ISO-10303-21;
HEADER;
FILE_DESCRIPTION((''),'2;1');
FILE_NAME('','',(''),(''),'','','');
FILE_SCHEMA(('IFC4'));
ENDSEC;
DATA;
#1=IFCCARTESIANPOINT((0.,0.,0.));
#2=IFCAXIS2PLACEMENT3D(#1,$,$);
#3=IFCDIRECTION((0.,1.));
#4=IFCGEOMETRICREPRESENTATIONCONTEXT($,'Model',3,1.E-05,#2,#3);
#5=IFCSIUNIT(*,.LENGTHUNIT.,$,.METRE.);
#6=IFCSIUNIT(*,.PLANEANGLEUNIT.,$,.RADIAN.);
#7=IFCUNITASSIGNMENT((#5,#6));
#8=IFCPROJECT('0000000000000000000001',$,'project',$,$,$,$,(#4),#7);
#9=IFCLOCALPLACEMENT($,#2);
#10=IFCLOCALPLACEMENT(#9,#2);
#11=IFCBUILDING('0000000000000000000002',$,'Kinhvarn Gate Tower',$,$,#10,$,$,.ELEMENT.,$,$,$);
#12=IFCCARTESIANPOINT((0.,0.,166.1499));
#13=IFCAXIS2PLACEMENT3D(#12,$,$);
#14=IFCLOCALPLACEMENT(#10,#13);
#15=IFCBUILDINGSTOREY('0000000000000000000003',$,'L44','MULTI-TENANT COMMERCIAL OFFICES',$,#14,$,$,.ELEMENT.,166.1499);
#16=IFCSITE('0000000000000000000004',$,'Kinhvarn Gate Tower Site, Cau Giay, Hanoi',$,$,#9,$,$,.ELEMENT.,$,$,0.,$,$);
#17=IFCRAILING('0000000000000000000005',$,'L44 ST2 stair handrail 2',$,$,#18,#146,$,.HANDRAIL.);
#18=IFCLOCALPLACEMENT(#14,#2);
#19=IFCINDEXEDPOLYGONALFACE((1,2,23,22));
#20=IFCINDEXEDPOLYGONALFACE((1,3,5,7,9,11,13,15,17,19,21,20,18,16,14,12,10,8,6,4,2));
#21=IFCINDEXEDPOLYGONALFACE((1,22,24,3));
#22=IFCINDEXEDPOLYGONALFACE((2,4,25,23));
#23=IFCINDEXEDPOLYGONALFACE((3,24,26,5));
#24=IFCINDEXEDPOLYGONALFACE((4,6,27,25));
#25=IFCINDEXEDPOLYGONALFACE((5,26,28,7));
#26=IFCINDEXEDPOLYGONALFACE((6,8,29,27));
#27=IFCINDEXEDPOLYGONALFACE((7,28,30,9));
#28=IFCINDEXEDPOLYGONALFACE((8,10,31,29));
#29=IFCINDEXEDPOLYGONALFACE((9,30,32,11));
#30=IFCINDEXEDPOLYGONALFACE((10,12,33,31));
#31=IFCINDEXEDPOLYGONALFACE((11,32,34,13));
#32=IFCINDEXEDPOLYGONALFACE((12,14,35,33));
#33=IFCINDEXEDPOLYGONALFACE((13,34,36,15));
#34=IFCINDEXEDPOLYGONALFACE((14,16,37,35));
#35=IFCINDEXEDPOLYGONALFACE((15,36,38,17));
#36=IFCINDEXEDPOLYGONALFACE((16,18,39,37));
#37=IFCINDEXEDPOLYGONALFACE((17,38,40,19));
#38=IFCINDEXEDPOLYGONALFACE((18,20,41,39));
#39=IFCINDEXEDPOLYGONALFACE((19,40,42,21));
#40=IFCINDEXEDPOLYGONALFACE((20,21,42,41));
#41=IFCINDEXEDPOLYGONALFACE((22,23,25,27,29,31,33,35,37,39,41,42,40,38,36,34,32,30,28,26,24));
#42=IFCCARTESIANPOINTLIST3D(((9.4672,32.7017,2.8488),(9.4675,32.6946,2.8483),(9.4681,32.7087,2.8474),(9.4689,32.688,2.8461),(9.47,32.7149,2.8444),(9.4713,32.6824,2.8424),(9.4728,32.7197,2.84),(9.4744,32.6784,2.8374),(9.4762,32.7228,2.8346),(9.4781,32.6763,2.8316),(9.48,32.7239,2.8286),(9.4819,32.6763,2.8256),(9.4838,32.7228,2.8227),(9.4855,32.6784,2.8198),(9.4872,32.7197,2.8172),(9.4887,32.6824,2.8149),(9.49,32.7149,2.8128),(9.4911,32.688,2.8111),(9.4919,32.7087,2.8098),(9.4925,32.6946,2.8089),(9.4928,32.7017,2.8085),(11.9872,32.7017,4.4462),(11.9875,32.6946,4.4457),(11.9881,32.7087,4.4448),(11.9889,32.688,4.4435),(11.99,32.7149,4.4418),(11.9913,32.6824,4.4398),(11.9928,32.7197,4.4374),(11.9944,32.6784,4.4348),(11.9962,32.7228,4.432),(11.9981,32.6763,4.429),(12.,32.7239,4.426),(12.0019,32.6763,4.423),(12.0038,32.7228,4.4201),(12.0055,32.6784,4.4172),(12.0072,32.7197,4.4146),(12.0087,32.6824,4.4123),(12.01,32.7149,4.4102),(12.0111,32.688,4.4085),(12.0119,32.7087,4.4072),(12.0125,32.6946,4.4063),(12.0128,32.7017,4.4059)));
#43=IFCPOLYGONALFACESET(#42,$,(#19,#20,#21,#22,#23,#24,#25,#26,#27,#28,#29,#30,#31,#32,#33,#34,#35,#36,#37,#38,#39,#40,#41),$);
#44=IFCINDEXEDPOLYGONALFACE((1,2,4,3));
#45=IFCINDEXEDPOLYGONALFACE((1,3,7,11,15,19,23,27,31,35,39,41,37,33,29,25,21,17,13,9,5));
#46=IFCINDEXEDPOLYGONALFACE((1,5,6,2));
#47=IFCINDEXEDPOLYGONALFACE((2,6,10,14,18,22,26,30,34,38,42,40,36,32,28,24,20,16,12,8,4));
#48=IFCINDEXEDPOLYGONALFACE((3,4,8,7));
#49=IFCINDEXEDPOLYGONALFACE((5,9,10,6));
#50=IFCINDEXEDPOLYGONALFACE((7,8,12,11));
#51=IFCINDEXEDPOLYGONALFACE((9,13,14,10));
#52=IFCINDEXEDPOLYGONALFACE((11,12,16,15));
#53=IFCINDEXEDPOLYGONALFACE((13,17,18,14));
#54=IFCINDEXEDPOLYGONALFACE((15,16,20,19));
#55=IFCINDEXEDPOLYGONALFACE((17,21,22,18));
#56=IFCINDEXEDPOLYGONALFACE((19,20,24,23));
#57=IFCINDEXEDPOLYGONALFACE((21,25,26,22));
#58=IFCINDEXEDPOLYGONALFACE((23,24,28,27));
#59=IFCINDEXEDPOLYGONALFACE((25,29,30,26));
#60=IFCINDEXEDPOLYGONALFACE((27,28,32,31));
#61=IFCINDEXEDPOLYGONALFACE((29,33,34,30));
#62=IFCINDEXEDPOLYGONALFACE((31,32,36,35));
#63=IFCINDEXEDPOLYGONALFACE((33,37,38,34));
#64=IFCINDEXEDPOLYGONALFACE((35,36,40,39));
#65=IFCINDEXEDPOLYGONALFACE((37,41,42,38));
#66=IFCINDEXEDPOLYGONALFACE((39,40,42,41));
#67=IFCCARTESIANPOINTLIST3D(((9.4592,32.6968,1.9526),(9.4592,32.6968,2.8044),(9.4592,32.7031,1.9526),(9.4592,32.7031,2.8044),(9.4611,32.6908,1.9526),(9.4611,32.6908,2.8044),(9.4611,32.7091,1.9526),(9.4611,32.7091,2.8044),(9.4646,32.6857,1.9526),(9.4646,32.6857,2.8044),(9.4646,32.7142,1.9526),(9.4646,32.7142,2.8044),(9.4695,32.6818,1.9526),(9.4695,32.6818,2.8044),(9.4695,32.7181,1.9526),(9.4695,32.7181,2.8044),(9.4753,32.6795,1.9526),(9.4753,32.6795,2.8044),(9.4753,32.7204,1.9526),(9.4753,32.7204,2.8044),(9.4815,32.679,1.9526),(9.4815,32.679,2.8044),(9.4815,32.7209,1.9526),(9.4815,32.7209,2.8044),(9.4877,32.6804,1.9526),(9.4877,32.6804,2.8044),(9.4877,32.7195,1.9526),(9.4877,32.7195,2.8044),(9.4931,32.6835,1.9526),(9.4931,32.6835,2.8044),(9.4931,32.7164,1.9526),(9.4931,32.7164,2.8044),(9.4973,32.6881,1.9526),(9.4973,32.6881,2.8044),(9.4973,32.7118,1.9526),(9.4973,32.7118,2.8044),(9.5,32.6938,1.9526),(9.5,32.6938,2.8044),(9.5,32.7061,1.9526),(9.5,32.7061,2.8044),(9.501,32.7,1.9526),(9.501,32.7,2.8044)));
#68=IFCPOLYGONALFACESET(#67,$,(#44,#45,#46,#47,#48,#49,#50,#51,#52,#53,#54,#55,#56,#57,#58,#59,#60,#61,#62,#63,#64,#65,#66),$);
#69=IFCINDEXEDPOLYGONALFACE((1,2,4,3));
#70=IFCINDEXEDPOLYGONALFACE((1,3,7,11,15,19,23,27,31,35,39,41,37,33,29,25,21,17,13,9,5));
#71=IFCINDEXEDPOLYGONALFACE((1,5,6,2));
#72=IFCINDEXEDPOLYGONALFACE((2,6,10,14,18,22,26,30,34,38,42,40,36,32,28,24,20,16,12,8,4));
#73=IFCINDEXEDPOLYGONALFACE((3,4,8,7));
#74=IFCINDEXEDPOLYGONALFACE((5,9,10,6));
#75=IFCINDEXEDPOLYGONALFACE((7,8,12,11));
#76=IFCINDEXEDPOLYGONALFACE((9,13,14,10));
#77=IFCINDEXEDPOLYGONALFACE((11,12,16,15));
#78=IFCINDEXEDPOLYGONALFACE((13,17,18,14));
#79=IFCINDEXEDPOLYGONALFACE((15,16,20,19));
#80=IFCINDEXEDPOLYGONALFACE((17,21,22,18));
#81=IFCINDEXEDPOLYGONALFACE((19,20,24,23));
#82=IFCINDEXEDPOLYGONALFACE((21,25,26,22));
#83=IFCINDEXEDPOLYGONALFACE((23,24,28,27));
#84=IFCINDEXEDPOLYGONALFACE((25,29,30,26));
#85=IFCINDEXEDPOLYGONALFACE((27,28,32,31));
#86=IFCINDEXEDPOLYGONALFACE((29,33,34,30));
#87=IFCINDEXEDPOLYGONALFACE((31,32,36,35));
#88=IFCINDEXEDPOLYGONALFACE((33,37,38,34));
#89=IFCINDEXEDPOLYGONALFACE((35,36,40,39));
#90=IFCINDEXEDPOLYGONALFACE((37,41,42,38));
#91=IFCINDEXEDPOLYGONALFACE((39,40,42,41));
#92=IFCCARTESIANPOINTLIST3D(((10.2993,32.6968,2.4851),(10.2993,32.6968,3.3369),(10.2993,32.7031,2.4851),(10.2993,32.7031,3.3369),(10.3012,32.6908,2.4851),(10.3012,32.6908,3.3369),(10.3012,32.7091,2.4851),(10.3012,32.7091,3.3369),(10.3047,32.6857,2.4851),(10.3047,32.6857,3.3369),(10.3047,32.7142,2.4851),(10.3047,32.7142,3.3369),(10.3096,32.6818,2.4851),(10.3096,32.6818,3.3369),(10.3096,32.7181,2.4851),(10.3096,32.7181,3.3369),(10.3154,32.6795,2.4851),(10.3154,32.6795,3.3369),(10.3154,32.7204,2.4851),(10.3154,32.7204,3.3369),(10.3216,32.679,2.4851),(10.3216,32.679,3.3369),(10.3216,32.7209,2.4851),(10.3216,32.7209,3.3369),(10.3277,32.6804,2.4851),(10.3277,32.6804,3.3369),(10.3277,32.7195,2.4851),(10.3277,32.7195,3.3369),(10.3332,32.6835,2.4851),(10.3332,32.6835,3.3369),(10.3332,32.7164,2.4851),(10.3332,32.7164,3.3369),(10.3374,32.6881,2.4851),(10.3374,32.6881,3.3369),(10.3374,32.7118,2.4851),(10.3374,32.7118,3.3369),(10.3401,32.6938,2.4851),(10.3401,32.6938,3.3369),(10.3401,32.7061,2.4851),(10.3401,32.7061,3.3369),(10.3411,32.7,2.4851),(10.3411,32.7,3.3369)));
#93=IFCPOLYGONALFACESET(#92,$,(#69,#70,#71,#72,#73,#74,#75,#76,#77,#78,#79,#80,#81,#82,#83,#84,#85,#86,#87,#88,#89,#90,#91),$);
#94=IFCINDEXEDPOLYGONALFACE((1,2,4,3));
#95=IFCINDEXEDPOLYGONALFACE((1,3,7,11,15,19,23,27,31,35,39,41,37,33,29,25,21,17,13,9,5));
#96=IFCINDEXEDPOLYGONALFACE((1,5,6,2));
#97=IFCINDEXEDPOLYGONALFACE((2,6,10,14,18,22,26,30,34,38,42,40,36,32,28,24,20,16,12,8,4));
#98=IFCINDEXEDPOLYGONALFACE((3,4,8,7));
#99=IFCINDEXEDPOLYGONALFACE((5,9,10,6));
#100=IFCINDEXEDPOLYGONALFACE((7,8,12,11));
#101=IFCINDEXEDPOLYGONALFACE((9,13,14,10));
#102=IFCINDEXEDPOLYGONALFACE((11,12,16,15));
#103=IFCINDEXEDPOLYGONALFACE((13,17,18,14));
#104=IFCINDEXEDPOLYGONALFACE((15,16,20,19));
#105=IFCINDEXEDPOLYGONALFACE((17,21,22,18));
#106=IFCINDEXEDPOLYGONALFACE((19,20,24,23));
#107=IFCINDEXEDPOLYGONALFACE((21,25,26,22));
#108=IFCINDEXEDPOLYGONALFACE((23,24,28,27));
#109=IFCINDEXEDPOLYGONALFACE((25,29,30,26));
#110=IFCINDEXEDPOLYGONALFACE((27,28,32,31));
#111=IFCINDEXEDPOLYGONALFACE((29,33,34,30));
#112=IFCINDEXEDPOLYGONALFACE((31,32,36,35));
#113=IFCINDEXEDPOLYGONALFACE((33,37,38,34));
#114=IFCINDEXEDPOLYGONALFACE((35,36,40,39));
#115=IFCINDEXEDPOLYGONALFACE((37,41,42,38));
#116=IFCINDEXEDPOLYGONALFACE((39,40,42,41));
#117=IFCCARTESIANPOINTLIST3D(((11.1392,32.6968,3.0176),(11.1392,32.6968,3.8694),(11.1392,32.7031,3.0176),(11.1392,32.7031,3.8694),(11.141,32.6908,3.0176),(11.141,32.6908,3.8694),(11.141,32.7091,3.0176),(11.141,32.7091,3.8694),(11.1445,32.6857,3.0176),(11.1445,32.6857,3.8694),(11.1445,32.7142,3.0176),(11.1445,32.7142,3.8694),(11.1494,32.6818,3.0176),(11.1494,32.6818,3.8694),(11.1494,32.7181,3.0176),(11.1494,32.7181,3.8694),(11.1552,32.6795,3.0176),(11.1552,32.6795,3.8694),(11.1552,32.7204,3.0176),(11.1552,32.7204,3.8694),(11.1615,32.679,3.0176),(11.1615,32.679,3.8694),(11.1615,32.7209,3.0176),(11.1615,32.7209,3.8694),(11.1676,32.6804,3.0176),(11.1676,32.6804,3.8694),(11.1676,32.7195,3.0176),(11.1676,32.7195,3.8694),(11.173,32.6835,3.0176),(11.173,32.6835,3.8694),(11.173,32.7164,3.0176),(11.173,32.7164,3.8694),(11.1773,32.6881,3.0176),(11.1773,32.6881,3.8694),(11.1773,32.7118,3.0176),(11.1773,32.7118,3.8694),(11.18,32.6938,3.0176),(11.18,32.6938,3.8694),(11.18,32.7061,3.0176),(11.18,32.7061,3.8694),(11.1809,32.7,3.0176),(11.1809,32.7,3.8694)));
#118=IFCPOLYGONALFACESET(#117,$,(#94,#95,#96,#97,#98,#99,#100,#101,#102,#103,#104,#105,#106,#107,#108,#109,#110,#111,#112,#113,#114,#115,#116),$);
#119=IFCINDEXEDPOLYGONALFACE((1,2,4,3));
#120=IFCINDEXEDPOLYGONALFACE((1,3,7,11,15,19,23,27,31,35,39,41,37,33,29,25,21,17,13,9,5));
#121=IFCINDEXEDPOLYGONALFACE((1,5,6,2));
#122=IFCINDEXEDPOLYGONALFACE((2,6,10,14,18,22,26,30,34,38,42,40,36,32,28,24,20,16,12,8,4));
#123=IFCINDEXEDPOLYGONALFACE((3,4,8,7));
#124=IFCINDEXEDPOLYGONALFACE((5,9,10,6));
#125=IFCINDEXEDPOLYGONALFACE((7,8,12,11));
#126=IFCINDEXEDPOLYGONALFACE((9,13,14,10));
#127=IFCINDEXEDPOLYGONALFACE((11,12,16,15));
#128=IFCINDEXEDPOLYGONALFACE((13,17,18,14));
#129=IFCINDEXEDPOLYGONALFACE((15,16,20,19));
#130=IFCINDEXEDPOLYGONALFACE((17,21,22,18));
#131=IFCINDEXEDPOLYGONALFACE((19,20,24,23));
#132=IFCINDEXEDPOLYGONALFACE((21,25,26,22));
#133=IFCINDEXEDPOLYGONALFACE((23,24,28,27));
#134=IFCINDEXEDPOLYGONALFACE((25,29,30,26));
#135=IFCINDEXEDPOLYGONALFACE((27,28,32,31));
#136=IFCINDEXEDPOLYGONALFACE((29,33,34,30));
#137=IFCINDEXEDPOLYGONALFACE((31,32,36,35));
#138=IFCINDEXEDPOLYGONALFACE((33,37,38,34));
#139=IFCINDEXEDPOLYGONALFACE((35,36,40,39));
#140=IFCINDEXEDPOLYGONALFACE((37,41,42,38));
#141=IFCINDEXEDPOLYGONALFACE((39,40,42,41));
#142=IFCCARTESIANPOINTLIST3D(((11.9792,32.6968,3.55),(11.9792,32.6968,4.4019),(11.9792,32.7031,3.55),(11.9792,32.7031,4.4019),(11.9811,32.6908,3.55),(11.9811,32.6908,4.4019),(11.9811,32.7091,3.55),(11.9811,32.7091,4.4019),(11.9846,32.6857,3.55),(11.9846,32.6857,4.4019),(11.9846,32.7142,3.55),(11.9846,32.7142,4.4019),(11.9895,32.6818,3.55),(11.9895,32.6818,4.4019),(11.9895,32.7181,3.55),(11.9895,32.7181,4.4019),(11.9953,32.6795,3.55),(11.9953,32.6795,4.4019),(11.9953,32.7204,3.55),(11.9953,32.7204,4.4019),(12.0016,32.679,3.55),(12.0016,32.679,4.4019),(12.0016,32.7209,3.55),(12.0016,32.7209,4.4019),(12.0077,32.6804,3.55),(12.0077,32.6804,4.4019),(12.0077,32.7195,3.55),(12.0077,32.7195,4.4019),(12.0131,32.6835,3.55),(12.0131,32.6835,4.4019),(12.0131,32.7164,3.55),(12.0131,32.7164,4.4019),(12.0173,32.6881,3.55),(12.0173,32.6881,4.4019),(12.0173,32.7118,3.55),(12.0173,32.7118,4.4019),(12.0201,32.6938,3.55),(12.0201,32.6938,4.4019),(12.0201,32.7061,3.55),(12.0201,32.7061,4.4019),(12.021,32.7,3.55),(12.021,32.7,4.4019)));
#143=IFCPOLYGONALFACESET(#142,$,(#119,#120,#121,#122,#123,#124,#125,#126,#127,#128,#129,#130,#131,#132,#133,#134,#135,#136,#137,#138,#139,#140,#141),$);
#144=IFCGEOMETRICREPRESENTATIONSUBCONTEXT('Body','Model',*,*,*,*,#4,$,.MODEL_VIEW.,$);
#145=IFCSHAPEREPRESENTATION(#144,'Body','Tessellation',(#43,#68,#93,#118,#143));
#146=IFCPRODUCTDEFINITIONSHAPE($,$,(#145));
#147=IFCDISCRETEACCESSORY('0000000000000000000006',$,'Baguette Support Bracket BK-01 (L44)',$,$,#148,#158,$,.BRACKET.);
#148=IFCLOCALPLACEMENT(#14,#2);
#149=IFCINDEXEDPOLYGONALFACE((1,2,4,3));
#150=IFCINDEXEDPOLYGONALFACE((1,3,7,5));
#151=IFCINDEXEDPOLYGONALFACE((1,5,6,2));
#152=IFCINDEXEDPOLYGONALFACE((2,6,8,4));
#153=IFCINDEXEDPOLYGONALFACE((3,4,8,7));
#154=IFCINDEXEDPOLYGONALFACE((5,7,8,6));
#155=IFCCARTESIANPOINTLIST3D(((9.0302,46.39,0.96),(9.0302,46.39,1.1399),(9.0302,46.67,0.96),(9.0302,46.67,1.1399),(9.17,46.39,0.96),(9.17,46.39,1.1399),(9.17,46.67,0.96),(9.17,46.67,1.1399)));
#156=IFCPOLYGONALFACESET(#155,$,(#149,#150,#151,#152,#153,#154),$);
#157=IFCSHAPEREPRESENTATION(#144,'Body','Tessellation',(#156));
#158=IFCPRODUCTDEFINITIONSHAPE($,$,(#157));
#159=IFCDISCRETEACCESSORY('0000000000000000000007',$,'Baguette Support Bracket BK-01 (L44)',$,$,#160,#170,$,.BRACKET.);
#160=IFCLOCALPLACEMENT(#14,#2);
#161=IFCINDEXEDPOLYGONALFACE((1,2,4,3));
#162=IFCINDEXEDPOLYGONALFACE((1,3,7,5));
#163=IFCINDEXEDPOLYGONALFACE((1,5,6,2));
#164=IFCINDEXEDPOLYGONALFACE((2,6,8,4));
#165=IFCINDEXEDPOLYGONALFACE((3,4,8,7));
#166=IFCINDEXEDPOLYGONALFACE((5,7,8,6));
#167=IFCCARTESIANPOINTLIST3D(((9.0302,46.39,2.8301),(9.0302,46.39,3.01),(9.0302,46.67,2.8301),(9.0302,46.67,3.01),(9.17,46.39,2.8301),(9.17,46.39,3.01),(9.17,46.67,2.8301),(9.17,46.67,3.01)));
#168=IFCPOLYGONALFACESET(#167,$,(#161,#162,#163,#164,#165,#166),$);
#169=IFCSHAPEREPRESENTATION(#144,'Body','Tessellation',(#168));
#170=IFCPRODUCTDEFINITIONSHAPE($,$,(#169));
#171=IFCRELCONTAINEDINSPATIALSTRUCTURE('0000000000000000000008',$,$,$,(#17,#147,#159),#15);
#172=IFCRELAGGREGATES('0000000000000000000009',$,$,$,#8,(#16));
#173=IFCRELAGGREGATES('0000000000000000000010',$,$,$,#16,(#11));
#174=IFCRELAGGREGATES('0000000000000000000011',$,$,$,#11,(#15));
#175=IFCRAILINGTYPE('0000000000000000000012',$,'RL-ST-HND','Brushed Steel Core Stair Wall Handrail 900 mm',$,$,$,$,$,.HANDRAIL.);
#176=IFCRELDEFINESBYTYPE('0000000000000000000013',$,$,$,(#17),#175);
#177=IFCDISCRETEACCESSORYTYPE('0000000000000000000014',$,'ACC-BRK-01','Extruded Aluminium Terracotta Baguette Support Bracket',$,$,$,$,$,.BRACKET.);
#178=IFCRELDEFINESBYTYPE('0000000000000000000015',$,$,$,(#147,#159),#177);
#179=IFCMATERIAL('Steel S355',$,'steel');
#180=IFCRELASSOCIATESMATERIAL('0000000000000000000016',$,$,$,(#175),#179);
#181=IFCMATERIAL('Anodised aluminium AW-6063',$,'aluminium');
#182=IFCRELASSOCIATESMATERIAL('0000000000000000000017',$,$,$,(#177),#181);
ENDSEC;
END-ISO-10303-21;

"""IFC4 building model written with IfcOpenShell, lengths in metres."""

from ifc_helpers import new_model, si_unit, direction, frame, origin, origin_2d, place, context, subcontext, project, spatial, rectangle, circle, extrude, material, type_object, element, save


model = new_model("IFC4")

# Units and contexts
model_context = context("Model", 3, precision=1e-05, world=origin(), true_north=direction((0.0, 1.0)))
body_context = subcontext(model_context, "Body", "Model", "MODEL_VIEW")
ifc_project = project(units=[si_unit("LENGTHUNIT", "METRE"), si_unit("PLANEANGLEUNIT", "RADIAN")], contexts=[model_context])

# Site, building, storey
site_placement = place(None, origin())
site = spatial("IfcSite", under=ifc_project, at=site_placement, Name="Kinhvarn Gate Tower Site, Cau Giay, Hanoi", CompositionType="ELEMENT", RefElevation=0.0)
building_placement = place(site_placement, origin())
building = spatial("IfcBuilding", under=site, at=building_placement, Name="Kinhvarn Gate Tower", CompositionType="ELEMENT")
storey_placement = place(building_placement, frame((0.0, 0.0, 166.1499)))
storey = spatial("IfcBuildingStorey", under=building, at=storey_placement, Name="L44", Description="MULTI-TENANT COMMERCIAL OFFICES", CompositionType="ELEMENT", Elevation=166.1499)

# Shared definitions
ifc_material_1 = material(Name="Anodised aluminium AW-6063", Category="aluminium")

# Shared definitions
ifc_material_2 = material(Name="Steel S355", Category="steel")

# Railing
railing_type_1 = type_object("IfcRailingType", Name="RL-ST-HND", Description="Brushed Steel Core Stair Wall Handrail 900 mm", PredefinedType="HANDRAIL", material=ifc_material_2)
railing_1_placement = place(storey_placement, frame((9.48, 32.7, 1.9526)))
element("IfcRailing", 1, at=railing_1_placement, inside=storey, type_object=railing_type_1, Name="L44 ST2 stair handrail 2", PredefinedType="HANDRAIL", context=body_context, shape_type="SweptSolid", body=[
    extrude(circle(Radius=0.0239, at=origin_2d()), frame((0.0, 0.0, 0.876), z_axis=(0.844607, 0.0, 0.535387), x_axis=(0.0, 1.0, 0.0)), (0.0, 0.0, 1.0), 2.9836),
    extrude(circle(Radius=0.021, at=origin_2d()), origin(), (0.0, 0.0, 1.0), 0.8518),
    extrude(circle(Radius=0.021, at=origin_2d()), frame((0.8401, 0.0, 0.5325)), (0.0, 0.0, 1.0), 0.8518),
    extrude(circle(Radius=0.021, at=origin_2d()), frame((1.6799, 0.0, 1.0649)), (0.0, 0.0, 1.0), 0.8518),
    extrude(circle(Radius=0.021, at=origin_2d()), frame((2.52, 0.0, 1.5974)), (0.0, 0.0, 1.0), 0.8518),
])

# Discrete accessories
discrete_accessory_type = type_object("IfcDiscreteAccessoryType", Name="ACC-BRK-01", Description="Extruded Aluminium Terracotta Baguette Support Bracket", PredefinedType="BRACKET", material=ifc_material_1)
for number, where, z_axis, x_axis, name in (
    (2, (9.1001, 46.53, 0.96), (0.0, 0.0, 1.0), (-1.0, 0.0, 0.0), "Baguette Support Bracket BK-01 (L44)"),
    (3, (9.1001, 46.53, 2.8301), (0.0, 0.0, 1.0), (-1.0, 0.0, 0.0), "Baguette Support Bracket BK-01 (L44)"),
):
    element("IfcDiscreteAccessory", number, at=place(storey_placement, frame(where, z_axis=z_axis, x_axis=x_axis)), inside=storey, type_object=discrete_accessory_type, Name=name, PredefinedType="BRACKET", context=body_context, shape_type="SweptSolid", body=[
        extrude(rectangle(XDim=0.1399, YDim=0.28, at=origin_2d()), origin(), (0.0, 0.0, 1.0), 0.1799),
    ])

save(model, "model.ifc")
